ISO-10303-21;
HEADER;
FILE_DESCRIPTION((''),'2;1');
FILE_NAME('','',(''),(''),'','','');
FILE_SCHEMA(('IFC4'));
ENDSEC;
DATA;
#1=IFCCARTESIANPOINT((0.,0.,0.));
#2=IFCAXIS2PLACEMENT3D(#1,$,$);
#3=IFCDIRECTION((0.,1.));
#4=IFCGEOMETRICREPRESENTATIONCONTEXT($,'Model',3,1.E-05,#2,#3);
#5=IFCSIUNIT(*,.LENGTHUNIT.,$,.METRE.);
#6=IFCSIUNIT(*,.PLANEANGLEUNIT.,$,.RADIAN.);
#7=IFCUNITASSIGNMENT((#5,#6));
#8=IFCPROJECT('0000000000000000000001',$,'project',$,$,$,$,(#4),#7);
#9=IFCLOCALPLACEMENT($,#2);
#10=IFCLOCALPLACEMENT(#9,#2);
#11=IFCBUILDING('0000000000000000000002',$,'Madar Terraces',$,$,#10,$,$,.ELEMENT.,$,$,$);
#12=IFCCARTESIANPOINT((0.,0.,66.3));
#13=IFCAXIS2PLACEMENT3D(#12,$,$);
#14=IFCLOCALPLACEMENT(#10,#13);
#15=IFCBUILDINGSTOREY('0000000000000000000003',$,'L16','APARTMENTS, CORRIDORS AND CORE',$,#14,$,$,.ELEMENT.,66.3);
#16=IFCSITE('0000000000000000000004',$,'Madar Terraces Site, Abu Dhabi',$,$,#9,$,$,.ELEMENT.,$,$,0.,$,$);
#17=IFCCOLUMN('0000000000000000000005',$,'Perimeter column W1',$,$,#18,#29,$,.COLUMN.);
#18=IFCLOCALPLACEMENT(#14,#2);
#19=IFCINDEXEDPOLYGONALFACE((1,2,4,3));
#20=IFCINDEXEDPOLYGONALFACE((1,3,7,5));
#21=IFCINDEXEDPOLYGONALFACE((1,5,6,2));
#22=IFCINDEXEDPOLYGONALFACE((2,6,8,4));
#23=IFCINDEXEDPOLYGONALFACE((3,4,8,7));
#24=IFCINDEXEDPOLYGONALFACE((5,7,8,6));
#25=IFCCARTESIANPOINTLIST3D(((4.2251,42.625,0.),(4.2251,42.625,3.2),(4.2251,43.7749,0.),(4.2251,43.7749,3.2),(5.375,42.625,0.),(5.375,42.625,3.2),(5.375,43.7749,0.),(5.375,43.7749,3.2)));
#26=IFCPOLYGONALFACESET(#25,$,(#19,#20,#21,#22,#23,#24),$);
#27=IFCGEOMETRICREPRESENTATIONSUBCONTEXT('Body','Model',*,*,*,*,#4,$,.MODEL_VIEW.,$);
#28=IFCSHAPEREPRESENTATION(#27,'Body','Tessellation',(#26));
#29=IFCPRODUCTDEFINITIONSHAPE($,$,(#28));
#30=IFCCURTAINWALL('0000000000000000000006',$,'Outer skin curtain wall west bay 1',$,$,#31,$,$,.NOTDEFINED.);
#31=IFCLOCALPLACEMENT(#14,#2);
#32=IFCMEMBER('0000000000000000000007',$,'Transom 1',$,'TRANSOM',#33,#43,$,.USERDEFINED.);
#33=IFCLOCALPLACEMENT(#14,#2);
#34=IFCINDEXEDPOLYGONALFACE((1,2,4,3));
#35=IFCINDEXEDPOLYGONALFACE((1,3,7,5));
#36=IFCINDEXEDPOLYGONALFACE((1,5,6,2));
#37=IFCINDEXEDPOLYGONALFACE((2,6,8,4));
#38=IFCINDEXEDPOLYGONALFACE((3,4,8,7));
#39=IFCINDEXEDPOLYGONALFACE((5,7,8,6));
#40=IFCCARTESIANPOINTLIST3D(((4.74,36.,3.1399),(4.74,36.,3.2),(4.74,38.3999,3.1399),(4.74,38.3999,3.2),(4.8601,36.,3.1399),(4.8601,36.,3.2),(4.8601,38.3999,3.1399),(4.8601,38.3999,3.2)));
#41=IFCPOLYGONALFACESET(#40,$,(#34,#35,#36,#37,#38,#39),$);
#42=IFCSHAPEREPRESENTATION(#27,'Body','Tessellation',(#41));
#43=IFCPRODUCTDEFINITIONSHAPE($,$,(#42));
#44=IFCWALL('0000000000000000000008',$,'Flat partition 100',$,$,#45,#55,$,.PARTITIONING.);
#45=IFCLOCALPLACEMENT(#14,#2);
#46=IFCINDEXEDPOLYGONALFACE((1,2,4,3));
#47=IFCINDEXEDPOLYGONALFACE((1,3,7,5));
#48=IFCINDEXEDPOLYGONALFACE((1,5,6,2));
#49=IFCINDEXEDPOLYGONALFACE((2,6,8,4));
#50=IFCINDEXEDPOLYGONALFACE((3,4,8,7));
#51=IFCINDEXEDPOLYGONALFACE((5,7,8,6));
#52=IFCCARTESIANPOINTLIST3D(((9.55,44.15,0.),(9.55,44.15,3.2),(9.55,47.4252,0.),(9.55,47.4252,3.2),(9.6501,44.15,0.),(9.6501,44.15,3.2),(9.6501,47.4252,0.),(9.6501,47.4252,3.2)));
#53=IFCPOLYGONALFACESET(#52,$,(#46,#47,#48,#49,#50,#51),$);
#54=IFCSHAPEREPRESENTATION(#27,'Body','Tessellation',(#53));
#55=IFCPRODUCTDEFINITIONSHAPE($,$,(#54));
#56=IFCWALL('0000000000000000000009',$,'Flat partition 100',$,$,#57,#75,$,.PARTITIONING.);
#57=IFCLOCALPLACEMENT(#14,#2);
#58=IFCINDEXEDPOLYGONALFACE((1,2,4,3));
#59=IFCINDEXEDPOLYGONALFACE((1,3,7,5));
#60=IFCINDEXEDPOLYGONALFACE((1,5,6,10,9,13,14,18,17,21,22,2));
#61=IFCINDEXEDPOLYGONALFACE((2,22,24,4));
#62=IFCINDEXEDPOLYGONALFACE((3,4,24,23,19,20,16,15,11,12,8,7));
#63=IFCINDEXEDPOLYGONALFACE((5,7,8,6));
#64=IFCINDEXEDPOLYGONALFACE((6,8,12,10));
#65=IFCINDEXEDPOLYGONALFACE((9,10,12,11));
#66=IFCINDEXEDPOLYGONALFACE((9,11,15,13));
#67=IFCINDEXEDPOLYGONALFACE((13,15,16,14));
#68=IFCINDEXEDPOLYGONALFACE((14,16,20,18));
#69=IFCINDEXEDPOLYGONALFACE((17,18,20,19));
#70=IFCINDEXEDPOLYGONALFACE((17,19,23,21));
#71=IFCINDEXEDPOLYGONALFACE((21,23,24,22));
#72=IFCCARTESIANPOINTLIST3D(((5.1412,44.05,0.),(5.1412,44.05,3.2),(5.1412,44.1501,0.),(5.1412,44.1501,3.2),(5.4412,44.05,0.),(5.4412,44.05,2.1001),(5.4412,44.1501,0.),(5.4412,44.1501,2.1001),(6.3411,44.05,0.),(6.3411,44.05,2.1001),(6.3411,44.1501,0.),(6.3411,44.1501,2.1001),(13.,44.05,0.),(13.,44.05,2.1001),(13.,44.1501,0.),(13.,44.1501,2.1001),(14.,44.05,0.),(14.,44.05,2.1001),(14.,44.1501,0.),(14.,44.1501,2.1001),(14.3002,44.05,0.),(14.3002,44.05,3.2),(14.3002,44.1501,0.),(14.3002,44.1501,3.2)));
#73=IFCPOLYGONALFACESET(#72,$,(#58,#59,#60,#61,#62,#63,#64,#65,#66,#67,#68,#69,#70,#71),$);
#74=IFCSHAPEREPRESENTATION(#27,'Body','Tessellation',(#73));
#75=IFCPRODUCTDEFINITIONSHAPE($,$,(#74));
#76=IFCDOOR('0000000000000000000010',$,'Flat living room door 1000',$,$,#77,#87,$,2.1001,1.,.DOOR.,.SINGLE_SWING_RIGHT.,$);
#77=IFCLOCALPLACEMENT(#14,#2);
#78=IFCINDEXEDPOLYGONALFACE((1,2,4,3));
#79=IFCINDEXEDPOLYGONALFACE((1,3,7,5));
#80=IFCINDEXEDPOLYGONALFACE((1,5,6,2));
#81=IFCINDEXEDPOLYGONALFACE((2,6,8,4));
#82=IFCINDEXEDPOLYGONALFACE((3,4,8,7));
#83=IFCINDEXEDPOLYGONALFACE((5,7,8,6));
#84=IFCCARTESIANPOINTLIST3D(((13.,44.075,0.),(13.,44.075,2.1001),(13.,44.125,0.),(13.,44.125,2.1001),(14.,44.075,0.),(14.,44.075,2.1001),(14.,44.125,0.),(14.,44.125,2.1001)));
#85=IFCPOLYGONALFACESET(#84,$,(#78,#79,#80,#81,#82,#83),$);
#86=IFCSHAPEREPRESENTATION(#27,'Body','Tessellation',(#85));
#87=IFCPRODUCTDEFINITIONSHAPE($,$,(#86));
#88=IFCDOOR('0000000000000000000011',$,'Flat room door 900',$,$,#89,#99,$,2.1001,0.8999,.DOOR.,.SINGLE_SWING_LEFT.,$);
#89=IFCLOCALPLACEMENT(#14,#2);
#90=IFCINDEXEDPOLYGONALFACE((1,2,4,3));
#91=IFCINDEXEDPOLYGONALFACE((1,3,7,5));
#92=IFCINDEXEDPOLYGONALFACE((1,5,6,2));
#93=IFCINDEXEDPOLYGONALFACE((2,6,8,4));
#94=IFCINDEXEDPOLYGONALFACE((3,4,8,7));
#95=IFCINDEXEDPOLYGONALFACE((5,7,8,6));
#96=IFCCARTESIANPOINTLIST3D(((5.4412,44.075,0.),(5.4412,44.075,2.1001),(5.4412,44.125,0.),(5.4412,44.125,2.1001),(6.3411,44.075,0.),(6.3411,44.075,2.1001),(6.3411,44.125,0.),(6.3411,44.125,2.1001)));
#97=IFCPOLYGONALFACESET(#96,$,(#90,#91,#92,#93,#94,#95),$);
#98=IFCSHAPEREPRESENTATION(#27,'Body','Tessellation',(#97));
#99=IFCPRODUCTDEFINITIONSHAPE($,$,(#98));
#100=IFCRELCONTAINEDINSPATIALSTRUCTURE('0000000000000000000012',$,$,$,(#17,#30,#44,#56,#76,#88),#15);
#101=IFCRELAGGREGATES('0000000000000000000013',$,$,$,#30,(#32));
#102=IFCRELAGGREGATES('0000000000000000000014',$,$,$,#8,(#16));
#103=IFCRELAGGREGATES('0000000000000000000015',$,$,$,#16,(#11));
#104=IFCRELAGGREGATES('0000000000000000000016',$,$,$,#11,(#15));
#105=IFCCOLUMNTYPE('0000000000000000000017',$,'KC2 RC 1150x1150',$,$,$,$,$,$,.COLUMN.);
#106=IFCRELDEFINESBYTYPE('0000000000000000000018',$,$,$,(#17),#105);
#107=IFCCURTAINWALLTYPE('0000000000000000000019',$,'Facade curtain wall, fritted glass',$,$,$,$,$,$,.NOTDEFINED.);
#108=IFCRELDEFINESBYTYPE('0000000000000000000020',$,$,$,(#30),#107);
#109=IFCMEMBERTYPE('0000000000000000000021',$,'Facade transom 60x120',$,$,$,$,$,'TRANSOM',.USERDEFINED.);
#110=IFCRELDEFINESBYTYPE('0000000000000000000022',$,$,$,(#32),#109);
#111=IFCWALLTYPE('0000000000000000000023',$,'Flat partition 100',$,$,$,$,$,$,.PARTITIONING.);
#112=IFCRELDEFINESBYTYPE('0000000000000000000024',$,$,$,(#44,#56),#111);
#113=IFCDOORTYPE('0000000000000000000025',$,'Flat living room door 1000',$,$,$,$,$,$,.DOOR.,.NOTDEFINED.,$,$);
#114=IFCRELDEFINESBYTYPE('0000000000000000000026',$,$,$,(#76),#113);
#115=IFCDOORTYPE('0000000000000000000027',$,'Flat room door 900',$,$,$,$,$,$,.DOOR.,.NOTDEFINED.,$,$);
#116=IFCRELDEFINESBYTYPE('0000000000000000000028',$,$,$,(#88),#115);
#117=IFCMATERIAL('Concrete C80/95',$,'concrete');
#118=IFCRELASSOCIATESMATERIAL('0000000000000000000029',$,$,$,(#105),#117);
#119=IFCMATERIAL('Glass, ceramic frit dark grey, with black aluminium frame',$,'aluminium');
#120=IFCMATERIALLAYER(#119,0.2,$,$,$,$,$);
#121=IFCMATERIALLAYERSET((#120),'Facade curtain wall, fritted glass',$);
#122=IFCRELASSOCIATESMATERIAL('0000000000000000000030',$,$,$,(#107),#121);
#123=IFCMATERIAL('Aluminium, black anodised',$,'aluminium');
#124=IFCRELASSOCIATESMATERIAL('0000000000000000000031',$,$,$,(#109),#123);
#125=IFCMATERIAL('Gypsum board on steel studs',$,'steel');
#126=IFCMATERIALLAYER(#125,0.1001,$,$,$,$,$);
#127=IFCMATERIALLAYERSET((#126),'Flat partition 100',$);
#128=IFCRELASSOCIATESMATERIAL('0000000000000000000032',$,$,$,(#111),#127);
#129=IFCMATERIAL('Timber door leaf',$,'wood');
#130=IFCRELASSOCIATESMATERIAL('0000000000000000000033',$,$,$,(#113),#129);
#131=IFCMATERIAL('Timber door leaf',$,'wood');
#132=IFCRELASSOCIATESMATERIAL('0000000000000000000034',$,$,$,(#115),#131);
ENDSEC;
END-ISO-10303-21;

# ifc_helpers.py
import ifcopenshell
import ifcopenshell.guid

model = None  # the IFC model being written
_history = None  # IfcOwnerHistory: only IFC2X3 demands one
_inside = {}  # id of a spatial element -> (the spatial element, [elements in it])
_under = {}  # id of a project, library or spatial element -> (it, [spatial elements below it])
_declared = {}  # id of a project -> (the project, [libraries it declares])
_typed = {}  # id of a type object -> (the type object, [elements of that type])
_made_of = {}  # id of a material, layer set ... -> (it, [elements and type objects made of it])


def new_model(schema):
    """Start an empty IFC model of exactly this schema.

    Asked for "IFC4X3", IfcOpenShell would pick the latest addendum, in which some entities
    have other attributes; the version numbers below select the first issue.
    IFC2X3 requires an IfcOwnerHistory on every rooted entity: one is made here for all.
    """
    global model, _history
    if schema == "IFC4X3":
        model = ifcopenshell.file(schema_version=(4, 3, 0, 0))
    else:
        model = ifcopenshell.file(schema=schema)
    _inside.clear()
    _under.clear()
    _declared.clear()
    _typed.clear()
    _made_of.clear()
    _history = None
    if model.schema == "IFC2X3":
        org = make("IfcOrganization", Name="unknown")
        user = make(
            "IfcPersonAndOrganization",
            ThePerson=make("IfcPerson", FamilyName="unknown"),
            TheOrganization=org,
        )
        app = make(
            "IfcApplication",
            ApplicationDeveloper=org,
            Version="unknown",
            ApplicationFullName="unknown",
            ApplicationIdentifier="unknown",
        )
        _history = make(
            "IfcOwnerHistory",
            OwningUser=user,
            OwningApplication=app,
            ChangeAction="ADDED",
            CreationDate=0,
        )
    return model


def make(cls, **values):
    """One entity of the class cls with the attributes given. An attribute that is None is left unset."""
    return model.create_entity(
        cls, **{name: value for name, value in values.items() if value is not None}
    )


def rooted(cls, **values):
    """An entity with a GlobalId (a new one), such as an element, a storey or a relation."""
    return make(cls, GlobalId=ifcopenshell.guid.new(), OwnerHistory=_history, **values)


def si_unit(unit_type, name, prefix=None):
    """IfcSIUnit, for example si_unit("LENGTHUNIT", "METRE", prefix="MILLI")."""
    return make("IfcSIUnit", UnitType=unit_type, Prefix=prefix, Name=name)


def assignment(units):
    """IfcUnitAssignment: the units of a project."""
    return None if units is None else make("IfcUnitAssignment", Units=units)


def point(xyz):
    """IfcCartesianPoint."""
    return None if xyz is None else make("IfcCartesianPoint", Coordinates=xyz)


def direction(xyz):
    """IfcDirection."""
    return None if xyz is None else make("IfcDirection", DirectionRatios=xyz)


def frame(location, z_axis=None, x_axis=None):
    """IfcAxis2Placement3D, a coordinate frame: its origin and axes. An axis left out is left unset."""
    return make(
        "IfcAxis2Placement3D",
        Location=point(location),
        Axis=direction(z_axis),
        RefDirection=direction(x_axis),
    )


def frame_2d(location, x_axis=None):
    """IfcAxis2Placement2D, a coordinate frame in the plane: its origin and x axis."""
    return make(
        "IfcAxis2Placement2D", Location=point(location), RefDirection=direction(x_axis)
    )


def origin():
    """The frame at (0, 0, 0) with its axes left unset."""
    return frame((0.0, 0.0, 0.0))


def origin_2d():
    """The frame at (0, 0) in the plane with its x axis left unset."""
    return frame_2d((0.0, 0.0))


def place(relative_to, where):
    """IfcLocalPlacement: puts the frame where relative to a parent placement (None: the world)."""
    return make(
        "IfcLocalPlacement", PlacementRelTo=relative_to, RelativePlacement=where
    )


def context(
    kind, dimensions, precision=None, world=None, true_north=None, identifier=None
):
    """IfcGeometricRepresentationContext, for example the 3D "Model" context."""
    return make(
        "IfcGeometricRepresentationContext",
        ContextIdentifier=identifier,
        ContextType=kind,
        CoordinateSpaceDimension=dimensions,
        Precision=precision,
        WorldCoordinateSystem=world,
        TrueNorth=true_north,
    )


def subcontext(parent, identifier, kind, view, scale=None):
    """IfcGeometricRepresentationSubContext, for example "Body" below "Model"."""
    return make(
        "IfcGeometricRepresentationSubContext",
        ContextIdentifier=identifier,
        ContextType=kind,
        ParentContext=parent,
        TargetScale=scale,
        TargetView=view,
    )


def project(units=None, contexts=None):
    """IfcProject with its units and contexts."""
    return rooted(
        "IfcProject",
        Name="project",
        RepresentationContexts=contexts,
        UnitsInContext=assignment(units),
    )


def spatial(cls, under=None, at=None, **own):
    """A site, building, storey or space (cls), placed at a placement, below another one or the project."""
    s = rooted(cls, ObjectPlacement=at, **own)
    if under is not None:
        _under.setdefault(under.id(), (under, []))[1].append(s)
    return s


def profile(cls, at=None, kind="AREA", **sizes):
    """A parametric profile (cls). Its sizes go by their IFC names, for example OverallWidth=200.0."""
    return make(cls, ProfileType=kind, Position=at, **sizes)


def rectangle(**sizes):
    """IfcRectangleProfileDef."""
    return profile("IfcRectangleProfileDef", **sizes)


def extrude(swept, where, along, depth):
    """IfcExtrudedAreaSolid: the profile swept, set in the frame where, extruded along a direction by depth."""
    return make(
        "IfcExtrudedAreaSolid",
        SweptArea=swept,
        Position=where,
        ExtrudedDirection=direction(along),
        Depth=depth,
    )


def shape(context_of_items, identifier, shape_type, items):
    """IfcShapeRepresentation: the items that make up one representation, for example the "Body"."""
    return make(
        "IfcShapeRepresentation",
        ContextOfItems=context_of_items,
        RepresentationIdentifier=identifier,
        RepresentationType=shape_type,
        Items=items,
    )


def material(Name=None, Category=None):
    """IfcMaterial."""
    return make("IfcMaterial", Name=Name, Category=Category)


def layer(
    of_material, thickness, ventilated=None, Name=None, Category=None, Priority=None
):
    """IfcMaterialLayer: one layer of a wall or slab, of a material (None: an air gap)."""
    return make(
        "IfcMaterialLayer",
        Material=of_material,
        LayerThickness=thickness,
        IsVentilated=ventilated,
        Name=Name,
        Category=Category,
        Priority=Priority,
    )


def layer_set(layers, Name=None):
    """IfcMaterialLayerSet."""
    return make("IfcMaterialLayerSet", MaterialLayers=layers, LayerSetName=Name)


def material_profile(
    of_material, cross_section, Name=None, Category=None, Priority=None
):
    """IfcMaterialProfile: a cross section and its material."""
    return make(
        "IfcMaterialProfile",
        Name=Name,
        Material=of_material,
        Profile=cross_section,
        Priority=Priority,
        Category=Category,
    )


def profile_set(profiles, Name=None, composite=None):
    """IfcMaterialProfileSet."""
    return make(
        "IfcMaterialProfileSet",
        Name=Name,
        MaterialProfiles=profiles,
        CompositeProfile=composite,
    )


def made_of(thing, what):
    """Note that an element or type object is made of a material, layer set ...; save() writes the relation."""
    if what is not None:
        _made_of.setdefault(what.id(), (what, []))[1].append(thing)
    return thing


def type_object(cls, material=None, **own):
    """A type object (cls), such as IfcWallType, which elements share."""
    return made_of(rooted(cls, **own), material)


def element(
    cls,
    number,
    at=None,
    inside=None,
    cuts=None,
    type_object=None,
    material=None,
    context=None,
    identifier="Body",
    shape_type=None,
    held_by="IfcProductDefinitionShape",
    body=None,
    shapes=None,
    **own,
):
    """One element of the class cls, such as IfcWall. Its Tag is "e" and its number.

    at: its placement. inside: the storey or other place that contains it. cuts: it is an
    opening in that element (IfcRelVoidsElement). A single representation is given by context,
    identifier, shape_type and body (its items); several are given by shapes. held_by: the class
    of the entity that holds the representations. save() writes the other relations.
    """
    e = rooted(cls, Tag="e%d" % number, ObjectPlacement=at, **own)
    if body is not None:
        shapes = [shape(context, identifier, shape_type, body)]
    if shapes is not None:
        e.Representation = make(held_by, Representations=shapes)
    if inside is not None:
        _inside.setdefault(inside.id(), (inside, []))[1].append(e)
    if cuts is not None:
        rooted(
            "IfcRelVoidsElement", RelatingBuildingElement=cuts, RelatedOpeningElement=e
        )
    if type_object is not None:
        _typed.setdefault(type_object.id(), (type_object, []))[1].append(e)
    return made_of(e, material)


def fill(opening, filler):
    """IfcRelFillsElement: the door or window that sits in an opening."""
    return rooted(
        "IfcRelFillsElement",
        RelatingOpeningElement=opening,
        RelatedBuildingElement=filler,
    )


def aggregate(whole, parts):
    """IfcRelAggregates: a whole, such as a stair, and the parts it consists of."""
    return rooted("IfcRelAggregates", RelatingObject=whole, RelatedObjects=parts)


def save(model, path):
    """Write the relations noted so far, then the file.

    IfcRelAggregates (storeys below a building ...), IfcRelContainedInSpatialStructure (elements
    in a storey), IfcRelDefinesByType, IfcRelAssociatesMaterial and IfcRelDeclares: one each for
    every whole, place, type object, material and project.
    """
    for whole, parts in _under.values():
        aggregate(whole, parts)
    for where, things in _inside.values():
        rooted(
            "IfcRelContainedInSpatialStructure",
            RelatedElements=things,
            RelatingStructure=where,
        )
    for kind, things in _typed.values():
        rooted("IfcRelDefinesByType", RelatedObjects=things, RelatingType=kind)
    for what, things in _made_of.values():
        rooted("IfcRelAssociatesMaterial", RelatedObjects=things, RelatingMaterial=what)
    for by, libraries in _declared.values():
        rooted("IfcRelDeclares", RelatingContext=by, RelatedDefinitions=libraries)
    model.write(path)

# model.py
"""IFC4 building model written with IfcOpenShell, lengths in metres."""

from ifc_helpers import new_model, si_unit, direction, frame, frame_2d, origin, origin_2d, place, context, subcontext, project, spatial, rectangle, extrude, material, layer, layer_set, material_profile, profile_set, type_object, element, fill, aggregate, save


model = new_model("IFC4")

# Units and contexts
model_context = context("Model", 3, precision=1e-05, world=origin(), true_north=direction((0.0, 1.0)))
body_context = subcontext(model_context, "Body", "Model", "MODEL_VIEW")
ifc_project = project(units=[si_unit("LENGTHUNIT", "METRE"), si_unit("PLANEANGLEUNIT", "RADIAN")], contexts=[model_context])

# Site, building, storey
site_placement = place(None, origin())
site = spatial("IfcSite", under=ifc_project, at=site_placement, Name="Madar Terraces Site, Abu Dhabi", CompositionType="ELEMENT", RefElevation=0.0)
building_placement = place(site_placement, origin())
building = spatial("IfcBuilding", under=site, at=building_placement, Name="Madar Terraces", CompositionType="ELEMENT")
storey_placement = place(building_placement, frame((0.0, 0.0, 66.3)))
storey = spatial("IfcBuildingStorey", under=building, at=storey_placement, Name="L16", Description="APARTMENTS, CORRIDORS AND CORE", CompositionType="ELEMENT", Elevation=66.3)

# Column
ifc_material_1 = material(Name="Concrete C80/95", Category="concrete")
ifc_material_profile_1 = material_profile(ifc_material_1, rectangle(XDim=1.1499, YDim=1.1499, at=origin_2d()), Name="KC2 RC 1150x1150")
ifc_profile_set_1 = profile_set([ifc_material_profile_1], Name="Concrete C80/95")
column_type = type_object("IfcColumnType", Name="KC2 RC 1150x1150", PredefinedType="COLUMN", material=ifc_profile_set_1)
column_placement = place(storey_placement, frame((4.8, 43.2, 0.0), z_axis=(0.0, 0.0, 1.0), x_axis=(1.0, 0.0, 0.0)))
element("IfcColumn", 1, at=column_placement, inside=storey, type_object=column_type, Name="Perimeter column W1", PredefinedType="COLUMN", context=body_context, shape_type="SweptSolid", body=[
    extrude(rectangle(XDim=1.1499, YDim=1.1499, at=origin_2d()), origin(), (0.0, 0.0, 1.0), 3.2),
])

# Curtain wall, member
ifc_material_2 = material(Name="Glass, ceramic frit dark grey, with black aluminium frame", Category="aluminium")
ifc_layer_1 = layer(ifc_material_2, 0.2)
ifc_layer_set_1 = layer_set([ifc_layer_1], Name="Facade curtain wall, fritted glass")
curtain_wall_type = type_object("IfcCurtainWallType", Name="Facade curtain wall, fritted glass", PredefinedType="NOTDEFINED", material=ifc_layer_set_1)
curtain_wall_placement = place(storey_placement, origin())
curtain_wall = element("IfcCurtainWall", 2, at=curtain_wall_placement, inside=storey, type_object=curtain_wall_type, Name="Outer skin curtain wall west bay 1", PredefinedType="NOTDEFINED")
ifc_material_3 = material(Name="Aluminium, black anodised", Category="aluminium")
ifc_material_profile_2 = material_profile(ifc_material_3, rectangle(XDim=0.1201, YDim=0.0601, at=origin_2d()), Name="Facade transom 60x120")
ifc_profile_set_2 = profile_set([ifc_material_profile_2], Name="Aluminium, black anodised")
member_type = type_object("IfcMemberType", Name="Facade transom 60x120", ElementType="TRANSOM", PredefinedType="USERDEFINED", material=ifc_profile_set_2)
member_placement = place(storey_placement, frame((4.8, 38.3999, 3.1699), z_axis=(0.0, -1.0, 0.0), x_axis=(1.0, 0.0, 0.0)))
member = element("IfcMember", 3, at=member_placement, type_object=member_type, Name="Transom 1", ObjectType="TRANSOM", PredefinedType="USERDEFINED", context=body_context, shape_type="SweptSolid", body=[
    extrude(rectangle(XDim=0.1201, YDim=0.0601, at=origin_2d()), origin(), (0.0, 0.0, 1.0), 2.3999),
])
aggregate(curtain_wall, [member])

# Wall
ifc_material_4 = material(Name="Gypsum board on steel studs", Category="steel")
ifc_layer_2 = layer(ifc_material_4, 0.1001)
ifc_layer_set_2 = layer_set([ifc_layer_2], Name="Flat partition 100")
wall_type_1 = type_object("IfcWallType", Name="Flat partition 100", PredefinedType="PARTITIONING", material=ifc_layer_set_2)
wall_1_placement = place(storey_placement, frame((9.6001, 44.1499, 0.0), z_axis=(0.0, 0.0, 1.0), x_axis=(0.0, 1.0, 0.0)))
element("IfcWall", 4, at=wall_1_placement, inside=storey, type_object=wall_type_1, Name="Flat partition 100", PredefinedType="PARTITIONING", context=body_context, shape_type="SweptSolid", body=[
    extrude(rectangle(XDim=3.2751, YDim=0.1001, at=frame_2d((1.6377, 0.0))), origin(), (0.0, 0.0, 1.0), 3.2),
])

# Wall, openings, doors
wall_2_placement = place(storey_placement, frame((5.1411, 44.1001, 0.0), z_axis=(0.0, 0.0, 1.0), x_axis=(1.0, 0.0, 0.0)))
wall_2 = element("IfcWall", 5, at=wall_2_placement, inside=storey, type_object=wall_type_1, Name="Flat partition 100", PredefinedType="PARTITIONING", context=body_context, shape_type="SweptSolid", body=[
    extrude(rectangle(XDim=9.1589, YDim=0.1001, at=frame_2d((4.5796, 0.0))), origin(), (0.0, 0.0, 1.0), 3.2),
])
opening_1_placement = place(wall_2_placement, frame((7.8589, 0.0, 0.0)))
opening_1 = element("IfcOpeningElement", 6, at=opening_1_placement, cuts=wall_2, PredefinedType="OPENING", context=body_context, shape_type="SweptSolid", body=[
    extrude(rectangle(XDim=1.0, YDim=2.1001, at=frame_2d((0.5, 1.05))), frame((0.0, 0.0601, 0.0), z_axis=(0.0, -1.0, 0.0), x_axis=(1.0, 0.0, 0.0)), (0.0, 0.0, 1.0), 0.1201),
])
opening_2_placement = place(wall_2_placement, frame((0.3, 0.0, 0.0)))
opening_2 = element("IfcOpeningElement", 7, at=opening_2_placement, cuts=wall_2, PredefinedType="OPENING", context=body_context, shape_type="SweptSolid", body=[
    extrude(rectangle(XDim=0.8999, YDim=2.1001, at=frame_2d((0.45, 1.05))), frame((0.0, 0.0601, 0.0), z_axis=(0.0, -1.0, 0.0), x_axis=(1.0, 0.0, 0.0)), (0.0, 0.0, 1.0), 0.1201),
])
ifc_material_5 = material(Name="Timber door leaf", Category="wood")
door_type_1 = type_object("IfcDoorType", Name="Flat living room door 1000", OperationType="NOTDEFINED", PredefinedType="DOOR", material=ifc_material_5)
door_1_placement = place(opening_1_placement, origin())
door_1 = element("IfcDoor", 8, at=door_1_placement, inside=storey, type_object=door_type_1, Name="Flat living room door 1000", OperationType="SINGLE_SWING_RIGHT", OverallHeight=2.1001, OverallWidth=1.0, PredefinedType="DOOR", context=body_context, shape_type="SweptSolid", body=[
    extrude(rectangle(XDim=1.0, YDim=2.1001, at=frame_2d((0.5, 1.05))), frame((0.0, 0.0249, 0.0), z_axis=(0.0, -1.0, 0.0), x_axis=(1.0, 0.0, 0.0)), (0.0, 0.0, 1.0), 0.05),
])
fill(opening_1, door_1)
ifc_material_6 = material(Name="Timber door leaf", Category="wood")
door_type_2 = type_object("IfcDoorType", Name="Flat room door 900", OperationType="NOTDEFINED", PredefinedType="DOOR", material=ifc_material_6)
door_2_placement = place(opening_2_placement, origin())
door_2 = element("IfcDoor", 9, at=door_2_placement, inside=storey, type_object=door_type_2, Name="Flat room door 900", OperationType="SINGLE_SWING_LEFT", OverallHeight=2.1001, OverallWidth=0.8999, PredefinedType="DOOR", context=body_context, shape_type="SweptSolid", body=[
    extrude(rectangle(XDim=0.8999, YDim=2.1001, at=frame_2d((0.45, 1.05))), frame((0.0, 0.0249, 0.0), z_axis=(0.0, -1.0, 0.0), x_axis=(1.0, 0.0, 0.0)), (0.0, 0.0, 1.0), 0.05),
])
fill(opening_2, door_2)

save(model, "model.ifc")
